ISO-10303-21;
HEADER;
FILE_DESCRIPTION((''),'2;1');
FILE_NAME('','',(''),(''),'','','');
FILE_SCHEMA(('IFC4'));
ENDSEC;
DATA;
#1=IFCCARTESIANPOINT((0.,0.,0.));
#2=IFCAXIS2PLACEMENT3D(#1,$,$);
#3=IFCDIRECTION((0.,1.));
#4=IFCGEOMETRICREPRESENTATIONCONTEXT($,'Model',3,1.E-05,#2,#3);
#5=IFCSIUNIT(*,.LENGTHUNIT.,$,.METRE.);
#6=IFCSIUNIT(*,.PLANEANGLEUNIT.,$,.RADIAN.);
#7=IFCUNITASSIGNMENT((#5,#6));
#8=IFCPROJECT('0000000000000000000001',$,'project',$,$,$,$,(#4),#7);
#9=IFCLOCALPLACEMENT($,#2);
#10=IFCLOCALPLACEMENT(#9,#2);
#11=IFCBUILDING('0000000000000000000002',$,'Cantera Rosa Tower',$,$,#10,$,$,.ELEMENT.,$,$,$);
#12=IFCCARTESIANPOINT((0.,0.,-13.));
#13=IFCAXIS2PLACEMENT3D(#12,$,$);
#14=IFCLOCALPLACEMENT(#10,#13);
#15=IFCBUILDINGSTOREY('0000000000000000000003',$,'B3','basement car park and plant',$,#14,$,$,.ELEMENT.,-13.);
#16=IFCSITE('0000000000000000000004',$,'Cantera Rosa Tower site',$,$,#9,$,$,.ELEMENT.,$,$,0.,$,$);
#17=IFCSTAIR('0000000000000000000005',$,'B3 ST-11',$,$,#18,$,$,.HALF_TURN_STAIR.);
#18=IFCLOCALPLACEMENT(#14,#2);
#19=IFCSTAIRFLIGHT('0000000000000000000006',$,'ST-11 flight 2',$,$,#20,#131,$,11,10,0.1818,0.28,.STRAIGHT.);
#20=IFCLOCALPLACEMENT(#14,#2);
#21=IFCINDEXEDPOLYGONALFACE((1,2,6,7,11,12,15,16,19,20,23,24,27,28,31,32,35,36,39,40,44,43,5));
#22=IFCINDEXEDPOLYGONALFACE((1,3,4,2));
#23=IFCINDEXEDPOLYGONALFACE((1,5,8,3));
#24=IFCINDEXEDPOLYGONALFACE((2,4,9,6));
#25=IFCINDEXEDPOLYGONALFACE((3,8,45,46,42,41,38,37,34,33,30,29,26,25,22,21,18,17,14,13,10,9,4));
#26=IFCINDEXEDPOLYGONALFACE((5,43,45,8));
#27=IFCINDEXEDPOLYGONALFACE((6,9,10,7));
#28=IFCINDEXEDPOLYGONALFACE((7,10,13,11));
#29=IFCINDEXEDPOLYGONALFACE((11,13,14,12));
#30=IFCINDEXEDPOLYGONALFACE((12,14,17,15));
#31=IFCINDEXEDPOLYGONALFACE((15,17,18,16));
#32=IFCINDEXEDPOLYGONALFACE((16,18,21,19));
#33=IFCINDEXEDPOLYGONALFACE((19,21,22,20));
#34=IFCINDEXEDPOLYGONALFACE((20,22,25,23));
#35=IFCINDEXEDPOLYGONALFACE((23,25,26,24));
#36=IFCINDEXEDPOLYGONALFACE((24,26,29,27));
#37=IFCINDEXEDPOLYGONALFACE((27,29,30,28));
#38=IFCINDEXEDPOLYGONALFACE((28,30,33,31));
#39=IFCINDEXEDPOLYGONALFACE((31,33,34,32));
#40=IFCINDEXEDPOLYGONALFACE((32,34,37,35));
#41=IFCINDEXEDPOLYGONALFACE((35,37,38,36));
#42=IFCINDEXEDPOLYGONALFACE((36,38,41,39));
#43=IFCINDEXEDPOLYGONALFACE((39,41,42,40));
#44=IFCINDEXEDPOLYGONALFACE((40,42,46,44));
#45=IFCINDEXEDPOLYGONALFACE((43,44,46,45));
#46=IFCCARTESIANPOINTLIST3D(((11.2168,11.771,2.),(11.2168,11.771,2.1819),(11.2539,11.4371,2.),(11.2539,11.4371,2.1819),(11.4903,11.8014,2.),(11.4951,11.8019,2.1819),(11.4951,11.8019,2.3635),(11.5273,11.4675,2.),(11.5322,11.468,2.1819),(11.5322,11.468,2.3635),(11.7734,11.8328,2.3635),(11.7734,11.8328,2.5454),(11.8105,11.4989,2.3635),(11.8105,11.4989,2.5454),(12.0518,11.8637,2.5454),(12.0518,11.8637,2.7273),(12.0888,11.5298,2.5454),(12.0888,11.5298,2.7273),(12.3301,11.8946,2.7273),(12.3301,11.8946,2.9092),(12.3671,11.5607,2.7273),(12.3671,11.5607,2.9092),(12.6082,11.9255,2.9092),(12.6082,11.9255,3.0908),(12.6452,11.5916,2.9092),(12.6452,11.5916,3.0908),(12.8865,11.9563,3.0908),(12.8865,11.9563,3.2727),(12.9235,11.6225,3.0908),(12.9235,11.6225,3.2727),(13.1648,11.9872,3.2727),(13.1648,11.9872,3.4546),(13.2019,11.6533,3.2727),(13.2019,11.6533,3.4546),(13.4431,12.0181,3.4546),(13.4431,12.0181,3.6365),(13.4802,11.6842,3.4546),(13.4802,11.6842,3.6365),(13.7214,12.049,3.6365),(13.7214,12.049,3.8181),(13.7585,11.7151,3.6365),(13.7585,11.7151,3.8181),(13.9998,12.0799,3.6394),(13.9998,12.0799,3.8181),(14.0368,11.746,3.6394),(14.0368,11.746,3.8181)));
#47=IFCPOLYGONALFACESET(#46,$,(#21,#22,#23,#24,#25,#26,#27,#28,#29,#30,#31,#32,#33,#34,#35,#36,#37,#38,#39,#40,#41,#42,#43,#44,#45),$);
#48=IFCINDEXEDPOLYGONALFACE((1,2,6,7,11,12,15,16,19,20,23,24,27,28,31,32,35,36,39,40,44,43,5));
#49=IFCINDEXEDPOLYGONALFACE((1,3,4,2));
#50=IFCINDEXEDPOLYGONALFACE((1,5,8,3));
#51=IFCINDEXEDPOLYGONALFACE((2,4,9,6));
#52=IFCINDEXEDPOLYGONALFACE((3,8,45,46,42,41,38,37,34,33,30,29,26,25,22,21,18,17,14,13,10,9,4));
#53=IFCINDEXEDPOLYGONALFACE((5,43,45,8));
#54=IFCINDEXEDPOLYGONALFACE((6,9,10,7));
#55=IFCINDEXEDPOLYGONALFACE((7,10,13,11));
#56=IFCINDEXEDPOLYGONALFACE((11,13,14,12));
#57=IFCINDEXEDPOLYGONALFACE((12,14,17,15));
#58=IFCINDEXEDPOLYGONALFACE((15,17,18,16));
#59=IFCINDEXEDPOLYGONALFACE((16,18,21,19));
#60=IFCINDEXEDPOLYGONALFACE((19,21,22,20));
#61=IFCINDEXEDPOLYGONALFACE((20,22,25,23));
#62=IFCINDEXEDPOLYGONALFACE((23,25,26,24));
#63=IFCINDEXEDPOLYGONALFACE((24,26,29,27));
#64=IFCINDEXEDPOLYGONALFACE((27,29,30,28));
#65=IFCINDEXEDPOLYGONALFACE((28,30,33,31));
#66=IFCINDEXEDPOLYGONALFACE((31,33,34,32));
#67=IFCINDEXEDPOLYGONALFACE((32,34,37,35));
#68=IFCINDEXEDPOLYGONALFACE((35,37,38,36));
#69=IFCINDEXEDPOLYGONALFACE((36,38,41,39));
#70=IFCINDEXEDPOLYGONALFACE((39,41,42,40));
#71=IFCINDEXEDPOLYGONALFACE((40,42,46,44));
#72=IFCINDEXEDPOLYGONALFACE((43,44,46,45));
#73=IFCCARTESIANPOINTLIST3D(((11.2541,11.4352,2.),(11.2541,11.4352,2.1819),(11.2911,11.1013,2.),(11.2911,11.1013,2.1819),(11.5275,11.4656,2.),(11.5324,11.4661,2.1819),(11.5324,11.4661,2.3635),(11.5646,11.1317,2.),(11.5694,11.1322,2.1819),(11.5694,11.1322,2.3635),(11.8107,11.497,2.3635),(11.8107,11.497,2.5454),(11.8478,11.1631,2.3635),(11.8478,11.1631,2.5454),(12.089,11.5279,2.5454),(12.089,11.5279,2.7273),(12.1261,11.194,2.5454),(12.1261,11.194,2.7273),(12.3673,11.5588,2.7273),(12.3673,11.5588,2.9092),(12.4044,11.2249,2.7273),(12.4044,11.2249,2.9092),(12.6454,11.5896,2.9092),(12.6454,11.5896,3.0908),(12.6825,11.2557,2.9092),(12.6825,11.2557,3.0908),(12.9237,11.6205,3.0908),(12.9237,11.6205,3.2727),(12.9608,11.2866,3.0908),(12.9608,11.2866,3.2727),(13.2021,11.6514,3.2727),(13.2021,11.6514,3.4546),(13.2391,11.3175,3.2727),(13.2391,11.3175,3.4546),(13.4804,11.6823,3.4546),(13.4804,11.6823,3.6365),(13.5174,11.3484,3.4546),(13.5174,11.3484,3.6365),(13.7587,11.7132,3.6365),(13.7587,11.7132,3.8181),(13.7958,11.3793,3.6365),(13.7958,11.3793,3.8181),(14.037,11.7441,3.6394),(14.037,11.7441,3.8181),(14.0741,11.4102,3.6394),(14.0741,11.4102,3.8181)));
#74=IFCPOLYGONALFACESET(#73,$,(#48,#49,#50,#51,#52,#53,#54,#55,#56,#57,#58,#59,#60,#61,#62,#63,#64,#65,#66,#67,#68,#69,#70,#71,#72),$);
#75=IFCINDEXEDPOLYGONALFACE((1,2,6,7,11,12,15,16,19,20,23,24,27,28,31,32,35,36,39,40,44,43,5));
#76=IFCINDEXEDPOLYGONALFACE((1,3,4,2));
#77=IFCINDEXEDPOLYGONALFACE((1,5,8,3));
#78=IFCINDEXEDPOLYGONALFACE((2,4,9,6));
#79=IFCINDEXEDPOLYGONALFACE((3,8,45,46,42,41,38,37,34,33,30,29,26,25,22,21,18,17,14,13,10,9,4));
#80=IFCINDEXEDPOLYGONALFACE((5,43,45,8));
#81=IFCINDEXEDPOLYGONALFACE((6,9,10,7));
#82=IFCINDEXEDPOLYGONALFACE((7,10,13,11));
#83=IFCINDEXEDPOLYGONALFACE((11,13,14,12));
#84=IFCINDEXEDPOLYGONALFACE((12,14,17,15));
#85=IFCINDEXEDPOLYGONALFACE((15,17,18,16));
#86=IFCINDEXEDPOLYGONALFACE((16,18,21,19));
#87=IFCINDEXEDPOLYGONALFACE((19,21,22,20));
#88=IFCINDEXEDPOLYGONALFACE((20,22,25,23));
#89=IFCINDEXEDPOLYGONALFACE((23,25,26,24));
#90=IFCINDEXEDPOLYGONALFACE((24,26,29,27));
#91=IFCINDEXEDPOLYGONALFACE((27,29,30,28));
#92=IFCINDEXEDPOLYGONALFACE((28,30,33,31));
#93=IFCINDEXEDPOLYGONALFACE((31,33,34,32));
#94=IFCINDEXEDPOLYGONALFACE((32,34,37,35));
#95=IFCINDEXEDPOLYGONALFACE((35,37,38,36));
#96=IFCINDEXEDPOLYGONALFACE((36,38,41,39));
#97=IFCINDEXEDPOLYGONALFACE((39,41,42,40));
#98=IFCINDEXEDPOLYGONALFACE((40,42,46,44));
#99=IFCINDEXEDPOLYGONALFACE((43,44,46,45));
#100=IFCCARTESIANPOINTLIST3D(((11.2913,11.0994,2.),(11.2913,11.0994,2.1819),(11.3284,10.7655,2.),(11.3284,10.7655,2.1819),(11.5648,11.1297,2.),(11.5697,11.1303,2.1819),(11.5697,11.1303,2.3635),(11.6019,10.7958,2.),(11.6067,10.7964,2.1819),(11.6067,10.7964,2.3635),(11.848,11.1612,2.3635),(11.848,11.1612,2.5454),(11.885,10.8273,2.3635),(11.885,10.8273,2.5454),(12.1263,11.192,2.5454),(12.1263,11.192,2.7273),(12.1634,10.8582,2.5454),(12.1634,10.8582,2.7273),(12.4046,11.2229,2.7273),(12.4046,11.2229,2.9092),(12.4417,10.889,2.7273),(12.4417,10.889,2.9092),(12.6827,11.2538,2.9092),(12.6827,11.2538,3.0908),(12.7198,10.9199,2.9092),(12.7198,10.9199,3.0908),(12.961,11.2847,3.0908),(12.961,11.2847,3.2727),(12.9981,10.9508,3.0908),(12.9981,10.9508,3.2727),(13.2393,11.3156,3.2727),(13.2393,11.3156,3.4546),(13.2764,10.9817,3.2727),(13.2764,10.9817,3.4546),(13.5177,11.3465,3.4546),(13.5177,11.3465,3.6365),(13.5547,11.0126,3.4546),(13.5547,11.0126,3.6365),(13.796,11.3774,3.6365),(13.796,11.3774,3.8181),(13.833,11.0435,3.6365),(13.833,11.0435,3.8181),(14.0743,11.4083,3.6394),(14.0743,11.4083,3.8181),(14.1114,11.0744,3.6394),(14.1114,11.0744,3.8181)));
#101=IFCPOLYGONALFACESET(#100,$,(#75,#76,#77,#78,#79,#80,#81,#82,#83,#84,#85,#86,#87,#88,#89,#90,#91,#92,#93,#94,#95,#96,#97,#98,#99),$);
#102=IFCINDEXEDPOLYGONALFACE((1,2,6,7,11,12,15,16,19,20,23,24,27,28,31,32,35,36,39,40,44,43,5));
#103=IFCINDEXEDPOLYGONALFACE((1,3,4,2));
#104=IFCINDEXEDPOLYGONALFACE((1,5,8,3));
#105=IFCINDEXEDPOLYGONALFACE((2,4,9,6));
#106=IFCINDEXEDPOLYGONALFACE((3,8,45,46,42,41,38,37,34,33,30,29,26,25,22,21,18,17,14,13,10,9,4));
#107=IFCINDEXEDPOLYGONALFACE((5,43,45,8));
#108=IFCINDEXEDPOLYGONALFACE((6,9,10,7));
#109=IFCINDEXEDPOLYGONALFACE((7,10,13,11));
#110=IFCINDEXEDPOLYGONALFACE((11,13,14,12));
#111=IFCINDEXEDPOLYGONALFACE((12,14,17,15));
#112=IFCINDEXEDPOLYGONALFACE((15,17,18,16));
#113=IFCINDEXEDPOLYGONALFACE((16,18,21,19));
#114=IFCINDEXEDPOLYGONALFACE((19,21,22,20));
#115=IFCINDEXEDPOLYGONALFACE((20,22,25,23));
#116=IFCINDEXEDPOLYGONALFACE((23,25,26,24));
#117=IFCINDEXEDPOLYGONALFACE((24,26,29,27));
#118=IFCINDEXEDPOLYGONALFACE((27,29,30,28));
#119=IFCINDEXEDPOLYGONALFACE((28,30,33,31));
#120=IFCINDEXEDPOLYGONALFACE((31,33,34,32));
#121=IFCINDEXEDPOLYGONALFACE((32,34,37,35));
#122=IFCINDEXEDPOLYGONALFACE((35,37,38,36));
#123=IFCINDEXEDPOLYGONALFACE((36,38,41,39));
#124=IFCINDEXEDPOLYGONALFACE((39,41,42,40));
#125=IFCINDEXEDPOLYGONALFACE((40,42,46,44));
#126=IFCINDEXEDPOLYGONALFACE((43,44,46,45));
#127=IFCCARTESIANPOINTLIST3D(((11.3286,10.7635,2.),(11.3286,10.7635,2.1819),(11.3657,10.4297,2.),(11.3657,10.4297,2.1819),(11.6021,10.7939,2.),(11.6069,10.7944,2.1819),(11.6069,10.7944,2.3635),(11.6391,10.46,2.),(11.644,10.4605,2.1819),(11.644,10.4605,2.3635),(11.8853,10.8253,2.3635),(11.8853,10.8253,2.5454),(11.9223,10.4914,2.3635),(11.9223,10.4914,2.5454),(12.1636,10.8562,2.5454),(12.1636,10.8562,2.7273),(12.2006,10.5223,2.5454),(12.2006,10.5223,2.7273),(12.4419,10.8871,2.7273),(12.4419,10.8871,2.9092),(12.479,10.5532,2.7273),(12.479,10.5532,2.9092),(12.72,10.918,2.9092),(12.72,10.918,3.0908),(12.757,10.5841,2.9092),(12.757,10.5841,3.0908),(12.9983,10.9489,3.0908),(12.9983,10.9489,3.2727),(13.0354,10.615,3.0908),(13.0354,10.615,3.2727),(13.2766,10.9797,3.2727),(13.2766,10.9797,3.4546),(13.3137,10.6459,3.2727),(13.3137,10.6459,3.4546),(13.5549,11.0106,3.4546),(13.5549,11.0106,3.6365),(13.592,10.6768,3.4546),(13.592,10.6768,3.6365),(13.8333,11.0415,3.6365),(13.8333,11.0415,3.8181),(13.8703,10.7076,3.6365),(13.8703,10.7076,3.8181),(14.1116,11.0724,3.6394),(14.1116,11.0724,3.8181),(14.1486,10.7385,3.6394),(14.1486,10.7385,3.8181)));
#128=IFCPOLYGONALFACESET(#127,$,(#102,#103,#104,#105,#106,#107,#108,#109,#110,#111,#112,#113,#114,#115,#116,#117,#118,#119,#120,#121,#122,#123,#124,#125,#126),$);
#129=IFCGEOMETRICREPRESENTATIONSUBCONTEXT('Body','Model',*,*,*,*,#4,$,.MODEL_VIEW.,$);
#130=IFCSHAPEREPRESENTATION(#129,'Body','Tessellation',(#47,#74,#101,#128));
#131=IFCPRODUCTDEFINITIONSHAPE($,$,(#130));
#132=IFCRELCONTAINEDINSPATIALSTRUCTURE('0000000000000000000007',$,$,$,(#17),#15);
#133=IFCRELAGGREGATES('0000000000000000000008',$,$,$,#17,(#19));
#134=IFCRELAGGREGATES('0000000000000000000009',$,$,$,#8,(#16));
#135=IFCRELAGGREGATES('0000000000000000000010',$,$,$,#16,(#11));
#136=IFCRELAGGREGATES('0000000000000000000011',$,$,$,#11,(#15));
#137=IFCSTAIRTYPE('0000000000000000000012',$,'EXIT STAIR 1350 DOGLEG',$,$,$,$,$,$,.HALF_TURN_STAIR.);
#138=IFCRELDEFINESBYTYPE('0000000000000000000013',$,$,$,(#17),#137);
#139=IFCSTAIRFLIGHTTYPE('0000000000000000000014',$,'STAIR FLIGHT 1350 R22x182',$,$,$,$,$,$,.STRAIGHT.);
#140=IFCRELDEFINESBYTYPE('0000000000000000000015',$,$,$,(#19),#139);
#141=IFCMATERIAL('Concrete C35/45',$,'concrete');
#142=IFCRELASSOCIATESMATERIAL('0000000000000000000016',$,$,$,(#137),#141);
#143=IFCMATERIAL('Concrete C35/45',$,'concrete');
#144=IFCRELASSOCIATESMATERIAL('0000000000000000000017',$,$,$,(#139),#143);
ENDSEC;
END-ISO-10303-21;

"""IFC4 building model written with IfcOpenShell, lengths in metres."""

from ifc_helpers import new_model, si_unit, direction, frame, origin, place, context, subcontext, project, spatial, polyline, outline, extrude, material, type_object, element, aggregate, save


model = new_model("IFC4")

# Units and contexts
model_context = context("Model", 3, precision=1e-05, world=origin(), true_north=direction((0.0, 1.0)))
body_context = subcontext(model_context, "Body", "Model", "MODEL_VIEW")
ifc_project = project(units=[si_unit("LENGTHUNIT", "METRE"), si_unit("PLANEANGLEUNIT", "RADIAN")], contexts=[model_context])

# Site, building, storey
site_placement = place(None, origin())
site = spatial("IfcSite", under=ifc_project, at=site_placement, Name="Cantera Rosa Tower site", CompositionType="ELEMENT", RefElevation=0.0)
building_placement = place(site_placement, origin())
building = spatial("IfcBuilding", under=site, at=building_placement, Name="Cantera Rosa Tower", CompositionType="ELEMENT")
storey_placement = place(building_placement, frame((0.0, 0.0, -13.0)))
storey = spatial("IfcBuildingStorey", under=building, at=storey_placement, Name="B3", Description="basement car park and plant", CompositionType="ELEMENT", Elevation=-13.0)

# Shared definitions
ifc_material_1 = material(Name="Concrete C35/45", Category="concrete")
stair_type_1 = type_object("IfcStairType", Name="EXIT STAIR 1350 DOGLEG", PredefinedType="HALF_TURN_STAIR", material=ifc_material_1)

# Stair, stair flight
stair_1_placement = place(storey_placement, origin())
stair_1 = element("IfcStair", 1, at=stair_1_placement, inside=storey, type_object=stair_type_1, Name="B3 ST-11", PredefinedType="HALF_TURN_STAIR")
ifc_material_2 = material(Name="Concrete C35/45", Category="concrete")
stair_flight_type = type_object("IfcStairFlightType", Name="STAIR FLIGHT 1350 R22x182", PredefinedType="STRAIGHT", material=ifc_material_2)
stair_flight_1_placement = place(storey_placement, frame((11.2913, 11.1001, 2.0), z_axis=(0.0, 0.0, 1.0), x_axis=(0.993897, 0.110313, 0.0)))
stair_flight_1 = element("IfcStairFlight", 2, at=stair_flight_1_placement, type_object=stair_flight_type, Name="ST-11 flight 2", NumberOfRisers=11, NumberOfTreads=10, PredefinedType="STRAIGHT", RiserHeight=0.1818, TreadLength=0.28, context=body_context, shape_type="SweptSolid", body=[
    extrude(outline(polyline([(0.0, 0.0), (0.0, 0.1819), (0.28, 0.1819), (0.28, 0.3635), (0.5601, 0.3635), (0.5601, 0.5454), (0.8401, 0.5454), (0.8401, 0.7273), (1.1201, 0.7273), (1.1201, 0.9092), (1.3999, 0.9092), (1.3999, 1.0908), (1.6799, 1.0908), (1.6799, 1.2727), (1.96, 1.2727), (1.96, 1.4546), (2.24, 1.4546), (2.24, 1.6365), (2.52, 1.6365), (2.52, 1.8181), (2.8, 1.8181), (2.8, 2.0), (2.8, 1.6394), (0.2751, 0.0), (0.0, 0.0)])), frame((0.0, 0.675, 0.0), z_axis=(0.0, -1.0, 0.0), x_axis=(1.0, 0.0, 0.0)), (0.0, 0.0, 1.0), 0.3359),
    extrude(outline(polyline([(0.0, 0.0), (0.0, 0.1819), (0.28, 0.1819), (0.28, 0.3635), (0.5601, 0.3635), (0.5601, 0.5454), (0.8401, 0.5454), (0.8401, 0.7273), (1.1201, 0.7273), (1.1201, 0.9092), (1.3999, 0.9092), (1.3999, 1.0908), (1.6799, 1.0908), (1.6799, 1.2727), (1.96, 1.2727), (1.96, 1.4546), (2.24, 1.4546), (2.24, 1.6365), (2.52, 1.6365), (2.52, 1.8181), (2.8, 1.8181), (2.8, 2.0), (2.8, 1.6394), (0.2751, 0.0), (0.0, 0.0)])), frame((0.0, 0.3372, 0.0), z_axis=(0.0, -1.0, 0.0), x_axis=(1.0, 0.0, 0.0)), (0.0, 0.0, 1.0), 0.3359),
    extrude(outline(polyline([(0.0, 0.0), (0.0, 0.1819), (0.28, 0.1819), (0.28, 0.3635), (0.5601, 0.3635), (0.5601, 0.5454), (0.8401, 0.5454), (0.8401, 0.7273), (1.1201, 0.7273), (1.1201, 0.9092), (1.3999, 0.9092), (1.3999, 1.0908), (1.6799, 1.0908), (1.6799, 1.2727), (1.96, 1.2727), (1.96, 1.4546), (2.24, 1.4546), (2.24, 1.6365), (2.52, 1.6365), (2.52, 1.8181), (2.8, 1.8181), (2.8, 2.0), (2.8, 1.6394), (0.2751, 0.0), (0.0, 0.0)])), frame((0.0, -0.0007, 0.0), z_axis=(0.0, -1.0, 0.0), x_axis=(1.0, 0.0, 0.0)), (0.0, 0.0, 1.0), 0.3359),
    extrude(outline(polyline([(0.0, 0.0), (0.0, 0.1819), (0.28, 0.1819), (0.28, 0.3635), (0.5601, 0.3635), (0.5601, 0.5454), (0.8401, 0.5454), (0.8401, 0.7273), (1.1201, 0.7273), (1.1201, 0.9092), (1.3999, 0.9092), (1.3999, 1.0908), (1.6799, 1.0908), (1.6799, 1.2727), (1.96, 1.2727), (1.96, 1.4546), (2.24, 1.4546), (2.24, 1.6365), (2.52, 1.6365), (2.52, 1.8181), (2.8, 1.8181), (2.8, 2.0), (2.8, 1.6394), (0.2751, 0.0), (0.0, 0.0)])), frame((0.0, -0.3386, 0.0), z_axis=(0.0, -1.0, 0.0), x_axis=(1.0, 0.0, 0.0)), (0.0, 0.0, 1.0), 0.3359),
])
aggregate(stair_1, [stair_flight_1])

save(model, "model.ifc")
